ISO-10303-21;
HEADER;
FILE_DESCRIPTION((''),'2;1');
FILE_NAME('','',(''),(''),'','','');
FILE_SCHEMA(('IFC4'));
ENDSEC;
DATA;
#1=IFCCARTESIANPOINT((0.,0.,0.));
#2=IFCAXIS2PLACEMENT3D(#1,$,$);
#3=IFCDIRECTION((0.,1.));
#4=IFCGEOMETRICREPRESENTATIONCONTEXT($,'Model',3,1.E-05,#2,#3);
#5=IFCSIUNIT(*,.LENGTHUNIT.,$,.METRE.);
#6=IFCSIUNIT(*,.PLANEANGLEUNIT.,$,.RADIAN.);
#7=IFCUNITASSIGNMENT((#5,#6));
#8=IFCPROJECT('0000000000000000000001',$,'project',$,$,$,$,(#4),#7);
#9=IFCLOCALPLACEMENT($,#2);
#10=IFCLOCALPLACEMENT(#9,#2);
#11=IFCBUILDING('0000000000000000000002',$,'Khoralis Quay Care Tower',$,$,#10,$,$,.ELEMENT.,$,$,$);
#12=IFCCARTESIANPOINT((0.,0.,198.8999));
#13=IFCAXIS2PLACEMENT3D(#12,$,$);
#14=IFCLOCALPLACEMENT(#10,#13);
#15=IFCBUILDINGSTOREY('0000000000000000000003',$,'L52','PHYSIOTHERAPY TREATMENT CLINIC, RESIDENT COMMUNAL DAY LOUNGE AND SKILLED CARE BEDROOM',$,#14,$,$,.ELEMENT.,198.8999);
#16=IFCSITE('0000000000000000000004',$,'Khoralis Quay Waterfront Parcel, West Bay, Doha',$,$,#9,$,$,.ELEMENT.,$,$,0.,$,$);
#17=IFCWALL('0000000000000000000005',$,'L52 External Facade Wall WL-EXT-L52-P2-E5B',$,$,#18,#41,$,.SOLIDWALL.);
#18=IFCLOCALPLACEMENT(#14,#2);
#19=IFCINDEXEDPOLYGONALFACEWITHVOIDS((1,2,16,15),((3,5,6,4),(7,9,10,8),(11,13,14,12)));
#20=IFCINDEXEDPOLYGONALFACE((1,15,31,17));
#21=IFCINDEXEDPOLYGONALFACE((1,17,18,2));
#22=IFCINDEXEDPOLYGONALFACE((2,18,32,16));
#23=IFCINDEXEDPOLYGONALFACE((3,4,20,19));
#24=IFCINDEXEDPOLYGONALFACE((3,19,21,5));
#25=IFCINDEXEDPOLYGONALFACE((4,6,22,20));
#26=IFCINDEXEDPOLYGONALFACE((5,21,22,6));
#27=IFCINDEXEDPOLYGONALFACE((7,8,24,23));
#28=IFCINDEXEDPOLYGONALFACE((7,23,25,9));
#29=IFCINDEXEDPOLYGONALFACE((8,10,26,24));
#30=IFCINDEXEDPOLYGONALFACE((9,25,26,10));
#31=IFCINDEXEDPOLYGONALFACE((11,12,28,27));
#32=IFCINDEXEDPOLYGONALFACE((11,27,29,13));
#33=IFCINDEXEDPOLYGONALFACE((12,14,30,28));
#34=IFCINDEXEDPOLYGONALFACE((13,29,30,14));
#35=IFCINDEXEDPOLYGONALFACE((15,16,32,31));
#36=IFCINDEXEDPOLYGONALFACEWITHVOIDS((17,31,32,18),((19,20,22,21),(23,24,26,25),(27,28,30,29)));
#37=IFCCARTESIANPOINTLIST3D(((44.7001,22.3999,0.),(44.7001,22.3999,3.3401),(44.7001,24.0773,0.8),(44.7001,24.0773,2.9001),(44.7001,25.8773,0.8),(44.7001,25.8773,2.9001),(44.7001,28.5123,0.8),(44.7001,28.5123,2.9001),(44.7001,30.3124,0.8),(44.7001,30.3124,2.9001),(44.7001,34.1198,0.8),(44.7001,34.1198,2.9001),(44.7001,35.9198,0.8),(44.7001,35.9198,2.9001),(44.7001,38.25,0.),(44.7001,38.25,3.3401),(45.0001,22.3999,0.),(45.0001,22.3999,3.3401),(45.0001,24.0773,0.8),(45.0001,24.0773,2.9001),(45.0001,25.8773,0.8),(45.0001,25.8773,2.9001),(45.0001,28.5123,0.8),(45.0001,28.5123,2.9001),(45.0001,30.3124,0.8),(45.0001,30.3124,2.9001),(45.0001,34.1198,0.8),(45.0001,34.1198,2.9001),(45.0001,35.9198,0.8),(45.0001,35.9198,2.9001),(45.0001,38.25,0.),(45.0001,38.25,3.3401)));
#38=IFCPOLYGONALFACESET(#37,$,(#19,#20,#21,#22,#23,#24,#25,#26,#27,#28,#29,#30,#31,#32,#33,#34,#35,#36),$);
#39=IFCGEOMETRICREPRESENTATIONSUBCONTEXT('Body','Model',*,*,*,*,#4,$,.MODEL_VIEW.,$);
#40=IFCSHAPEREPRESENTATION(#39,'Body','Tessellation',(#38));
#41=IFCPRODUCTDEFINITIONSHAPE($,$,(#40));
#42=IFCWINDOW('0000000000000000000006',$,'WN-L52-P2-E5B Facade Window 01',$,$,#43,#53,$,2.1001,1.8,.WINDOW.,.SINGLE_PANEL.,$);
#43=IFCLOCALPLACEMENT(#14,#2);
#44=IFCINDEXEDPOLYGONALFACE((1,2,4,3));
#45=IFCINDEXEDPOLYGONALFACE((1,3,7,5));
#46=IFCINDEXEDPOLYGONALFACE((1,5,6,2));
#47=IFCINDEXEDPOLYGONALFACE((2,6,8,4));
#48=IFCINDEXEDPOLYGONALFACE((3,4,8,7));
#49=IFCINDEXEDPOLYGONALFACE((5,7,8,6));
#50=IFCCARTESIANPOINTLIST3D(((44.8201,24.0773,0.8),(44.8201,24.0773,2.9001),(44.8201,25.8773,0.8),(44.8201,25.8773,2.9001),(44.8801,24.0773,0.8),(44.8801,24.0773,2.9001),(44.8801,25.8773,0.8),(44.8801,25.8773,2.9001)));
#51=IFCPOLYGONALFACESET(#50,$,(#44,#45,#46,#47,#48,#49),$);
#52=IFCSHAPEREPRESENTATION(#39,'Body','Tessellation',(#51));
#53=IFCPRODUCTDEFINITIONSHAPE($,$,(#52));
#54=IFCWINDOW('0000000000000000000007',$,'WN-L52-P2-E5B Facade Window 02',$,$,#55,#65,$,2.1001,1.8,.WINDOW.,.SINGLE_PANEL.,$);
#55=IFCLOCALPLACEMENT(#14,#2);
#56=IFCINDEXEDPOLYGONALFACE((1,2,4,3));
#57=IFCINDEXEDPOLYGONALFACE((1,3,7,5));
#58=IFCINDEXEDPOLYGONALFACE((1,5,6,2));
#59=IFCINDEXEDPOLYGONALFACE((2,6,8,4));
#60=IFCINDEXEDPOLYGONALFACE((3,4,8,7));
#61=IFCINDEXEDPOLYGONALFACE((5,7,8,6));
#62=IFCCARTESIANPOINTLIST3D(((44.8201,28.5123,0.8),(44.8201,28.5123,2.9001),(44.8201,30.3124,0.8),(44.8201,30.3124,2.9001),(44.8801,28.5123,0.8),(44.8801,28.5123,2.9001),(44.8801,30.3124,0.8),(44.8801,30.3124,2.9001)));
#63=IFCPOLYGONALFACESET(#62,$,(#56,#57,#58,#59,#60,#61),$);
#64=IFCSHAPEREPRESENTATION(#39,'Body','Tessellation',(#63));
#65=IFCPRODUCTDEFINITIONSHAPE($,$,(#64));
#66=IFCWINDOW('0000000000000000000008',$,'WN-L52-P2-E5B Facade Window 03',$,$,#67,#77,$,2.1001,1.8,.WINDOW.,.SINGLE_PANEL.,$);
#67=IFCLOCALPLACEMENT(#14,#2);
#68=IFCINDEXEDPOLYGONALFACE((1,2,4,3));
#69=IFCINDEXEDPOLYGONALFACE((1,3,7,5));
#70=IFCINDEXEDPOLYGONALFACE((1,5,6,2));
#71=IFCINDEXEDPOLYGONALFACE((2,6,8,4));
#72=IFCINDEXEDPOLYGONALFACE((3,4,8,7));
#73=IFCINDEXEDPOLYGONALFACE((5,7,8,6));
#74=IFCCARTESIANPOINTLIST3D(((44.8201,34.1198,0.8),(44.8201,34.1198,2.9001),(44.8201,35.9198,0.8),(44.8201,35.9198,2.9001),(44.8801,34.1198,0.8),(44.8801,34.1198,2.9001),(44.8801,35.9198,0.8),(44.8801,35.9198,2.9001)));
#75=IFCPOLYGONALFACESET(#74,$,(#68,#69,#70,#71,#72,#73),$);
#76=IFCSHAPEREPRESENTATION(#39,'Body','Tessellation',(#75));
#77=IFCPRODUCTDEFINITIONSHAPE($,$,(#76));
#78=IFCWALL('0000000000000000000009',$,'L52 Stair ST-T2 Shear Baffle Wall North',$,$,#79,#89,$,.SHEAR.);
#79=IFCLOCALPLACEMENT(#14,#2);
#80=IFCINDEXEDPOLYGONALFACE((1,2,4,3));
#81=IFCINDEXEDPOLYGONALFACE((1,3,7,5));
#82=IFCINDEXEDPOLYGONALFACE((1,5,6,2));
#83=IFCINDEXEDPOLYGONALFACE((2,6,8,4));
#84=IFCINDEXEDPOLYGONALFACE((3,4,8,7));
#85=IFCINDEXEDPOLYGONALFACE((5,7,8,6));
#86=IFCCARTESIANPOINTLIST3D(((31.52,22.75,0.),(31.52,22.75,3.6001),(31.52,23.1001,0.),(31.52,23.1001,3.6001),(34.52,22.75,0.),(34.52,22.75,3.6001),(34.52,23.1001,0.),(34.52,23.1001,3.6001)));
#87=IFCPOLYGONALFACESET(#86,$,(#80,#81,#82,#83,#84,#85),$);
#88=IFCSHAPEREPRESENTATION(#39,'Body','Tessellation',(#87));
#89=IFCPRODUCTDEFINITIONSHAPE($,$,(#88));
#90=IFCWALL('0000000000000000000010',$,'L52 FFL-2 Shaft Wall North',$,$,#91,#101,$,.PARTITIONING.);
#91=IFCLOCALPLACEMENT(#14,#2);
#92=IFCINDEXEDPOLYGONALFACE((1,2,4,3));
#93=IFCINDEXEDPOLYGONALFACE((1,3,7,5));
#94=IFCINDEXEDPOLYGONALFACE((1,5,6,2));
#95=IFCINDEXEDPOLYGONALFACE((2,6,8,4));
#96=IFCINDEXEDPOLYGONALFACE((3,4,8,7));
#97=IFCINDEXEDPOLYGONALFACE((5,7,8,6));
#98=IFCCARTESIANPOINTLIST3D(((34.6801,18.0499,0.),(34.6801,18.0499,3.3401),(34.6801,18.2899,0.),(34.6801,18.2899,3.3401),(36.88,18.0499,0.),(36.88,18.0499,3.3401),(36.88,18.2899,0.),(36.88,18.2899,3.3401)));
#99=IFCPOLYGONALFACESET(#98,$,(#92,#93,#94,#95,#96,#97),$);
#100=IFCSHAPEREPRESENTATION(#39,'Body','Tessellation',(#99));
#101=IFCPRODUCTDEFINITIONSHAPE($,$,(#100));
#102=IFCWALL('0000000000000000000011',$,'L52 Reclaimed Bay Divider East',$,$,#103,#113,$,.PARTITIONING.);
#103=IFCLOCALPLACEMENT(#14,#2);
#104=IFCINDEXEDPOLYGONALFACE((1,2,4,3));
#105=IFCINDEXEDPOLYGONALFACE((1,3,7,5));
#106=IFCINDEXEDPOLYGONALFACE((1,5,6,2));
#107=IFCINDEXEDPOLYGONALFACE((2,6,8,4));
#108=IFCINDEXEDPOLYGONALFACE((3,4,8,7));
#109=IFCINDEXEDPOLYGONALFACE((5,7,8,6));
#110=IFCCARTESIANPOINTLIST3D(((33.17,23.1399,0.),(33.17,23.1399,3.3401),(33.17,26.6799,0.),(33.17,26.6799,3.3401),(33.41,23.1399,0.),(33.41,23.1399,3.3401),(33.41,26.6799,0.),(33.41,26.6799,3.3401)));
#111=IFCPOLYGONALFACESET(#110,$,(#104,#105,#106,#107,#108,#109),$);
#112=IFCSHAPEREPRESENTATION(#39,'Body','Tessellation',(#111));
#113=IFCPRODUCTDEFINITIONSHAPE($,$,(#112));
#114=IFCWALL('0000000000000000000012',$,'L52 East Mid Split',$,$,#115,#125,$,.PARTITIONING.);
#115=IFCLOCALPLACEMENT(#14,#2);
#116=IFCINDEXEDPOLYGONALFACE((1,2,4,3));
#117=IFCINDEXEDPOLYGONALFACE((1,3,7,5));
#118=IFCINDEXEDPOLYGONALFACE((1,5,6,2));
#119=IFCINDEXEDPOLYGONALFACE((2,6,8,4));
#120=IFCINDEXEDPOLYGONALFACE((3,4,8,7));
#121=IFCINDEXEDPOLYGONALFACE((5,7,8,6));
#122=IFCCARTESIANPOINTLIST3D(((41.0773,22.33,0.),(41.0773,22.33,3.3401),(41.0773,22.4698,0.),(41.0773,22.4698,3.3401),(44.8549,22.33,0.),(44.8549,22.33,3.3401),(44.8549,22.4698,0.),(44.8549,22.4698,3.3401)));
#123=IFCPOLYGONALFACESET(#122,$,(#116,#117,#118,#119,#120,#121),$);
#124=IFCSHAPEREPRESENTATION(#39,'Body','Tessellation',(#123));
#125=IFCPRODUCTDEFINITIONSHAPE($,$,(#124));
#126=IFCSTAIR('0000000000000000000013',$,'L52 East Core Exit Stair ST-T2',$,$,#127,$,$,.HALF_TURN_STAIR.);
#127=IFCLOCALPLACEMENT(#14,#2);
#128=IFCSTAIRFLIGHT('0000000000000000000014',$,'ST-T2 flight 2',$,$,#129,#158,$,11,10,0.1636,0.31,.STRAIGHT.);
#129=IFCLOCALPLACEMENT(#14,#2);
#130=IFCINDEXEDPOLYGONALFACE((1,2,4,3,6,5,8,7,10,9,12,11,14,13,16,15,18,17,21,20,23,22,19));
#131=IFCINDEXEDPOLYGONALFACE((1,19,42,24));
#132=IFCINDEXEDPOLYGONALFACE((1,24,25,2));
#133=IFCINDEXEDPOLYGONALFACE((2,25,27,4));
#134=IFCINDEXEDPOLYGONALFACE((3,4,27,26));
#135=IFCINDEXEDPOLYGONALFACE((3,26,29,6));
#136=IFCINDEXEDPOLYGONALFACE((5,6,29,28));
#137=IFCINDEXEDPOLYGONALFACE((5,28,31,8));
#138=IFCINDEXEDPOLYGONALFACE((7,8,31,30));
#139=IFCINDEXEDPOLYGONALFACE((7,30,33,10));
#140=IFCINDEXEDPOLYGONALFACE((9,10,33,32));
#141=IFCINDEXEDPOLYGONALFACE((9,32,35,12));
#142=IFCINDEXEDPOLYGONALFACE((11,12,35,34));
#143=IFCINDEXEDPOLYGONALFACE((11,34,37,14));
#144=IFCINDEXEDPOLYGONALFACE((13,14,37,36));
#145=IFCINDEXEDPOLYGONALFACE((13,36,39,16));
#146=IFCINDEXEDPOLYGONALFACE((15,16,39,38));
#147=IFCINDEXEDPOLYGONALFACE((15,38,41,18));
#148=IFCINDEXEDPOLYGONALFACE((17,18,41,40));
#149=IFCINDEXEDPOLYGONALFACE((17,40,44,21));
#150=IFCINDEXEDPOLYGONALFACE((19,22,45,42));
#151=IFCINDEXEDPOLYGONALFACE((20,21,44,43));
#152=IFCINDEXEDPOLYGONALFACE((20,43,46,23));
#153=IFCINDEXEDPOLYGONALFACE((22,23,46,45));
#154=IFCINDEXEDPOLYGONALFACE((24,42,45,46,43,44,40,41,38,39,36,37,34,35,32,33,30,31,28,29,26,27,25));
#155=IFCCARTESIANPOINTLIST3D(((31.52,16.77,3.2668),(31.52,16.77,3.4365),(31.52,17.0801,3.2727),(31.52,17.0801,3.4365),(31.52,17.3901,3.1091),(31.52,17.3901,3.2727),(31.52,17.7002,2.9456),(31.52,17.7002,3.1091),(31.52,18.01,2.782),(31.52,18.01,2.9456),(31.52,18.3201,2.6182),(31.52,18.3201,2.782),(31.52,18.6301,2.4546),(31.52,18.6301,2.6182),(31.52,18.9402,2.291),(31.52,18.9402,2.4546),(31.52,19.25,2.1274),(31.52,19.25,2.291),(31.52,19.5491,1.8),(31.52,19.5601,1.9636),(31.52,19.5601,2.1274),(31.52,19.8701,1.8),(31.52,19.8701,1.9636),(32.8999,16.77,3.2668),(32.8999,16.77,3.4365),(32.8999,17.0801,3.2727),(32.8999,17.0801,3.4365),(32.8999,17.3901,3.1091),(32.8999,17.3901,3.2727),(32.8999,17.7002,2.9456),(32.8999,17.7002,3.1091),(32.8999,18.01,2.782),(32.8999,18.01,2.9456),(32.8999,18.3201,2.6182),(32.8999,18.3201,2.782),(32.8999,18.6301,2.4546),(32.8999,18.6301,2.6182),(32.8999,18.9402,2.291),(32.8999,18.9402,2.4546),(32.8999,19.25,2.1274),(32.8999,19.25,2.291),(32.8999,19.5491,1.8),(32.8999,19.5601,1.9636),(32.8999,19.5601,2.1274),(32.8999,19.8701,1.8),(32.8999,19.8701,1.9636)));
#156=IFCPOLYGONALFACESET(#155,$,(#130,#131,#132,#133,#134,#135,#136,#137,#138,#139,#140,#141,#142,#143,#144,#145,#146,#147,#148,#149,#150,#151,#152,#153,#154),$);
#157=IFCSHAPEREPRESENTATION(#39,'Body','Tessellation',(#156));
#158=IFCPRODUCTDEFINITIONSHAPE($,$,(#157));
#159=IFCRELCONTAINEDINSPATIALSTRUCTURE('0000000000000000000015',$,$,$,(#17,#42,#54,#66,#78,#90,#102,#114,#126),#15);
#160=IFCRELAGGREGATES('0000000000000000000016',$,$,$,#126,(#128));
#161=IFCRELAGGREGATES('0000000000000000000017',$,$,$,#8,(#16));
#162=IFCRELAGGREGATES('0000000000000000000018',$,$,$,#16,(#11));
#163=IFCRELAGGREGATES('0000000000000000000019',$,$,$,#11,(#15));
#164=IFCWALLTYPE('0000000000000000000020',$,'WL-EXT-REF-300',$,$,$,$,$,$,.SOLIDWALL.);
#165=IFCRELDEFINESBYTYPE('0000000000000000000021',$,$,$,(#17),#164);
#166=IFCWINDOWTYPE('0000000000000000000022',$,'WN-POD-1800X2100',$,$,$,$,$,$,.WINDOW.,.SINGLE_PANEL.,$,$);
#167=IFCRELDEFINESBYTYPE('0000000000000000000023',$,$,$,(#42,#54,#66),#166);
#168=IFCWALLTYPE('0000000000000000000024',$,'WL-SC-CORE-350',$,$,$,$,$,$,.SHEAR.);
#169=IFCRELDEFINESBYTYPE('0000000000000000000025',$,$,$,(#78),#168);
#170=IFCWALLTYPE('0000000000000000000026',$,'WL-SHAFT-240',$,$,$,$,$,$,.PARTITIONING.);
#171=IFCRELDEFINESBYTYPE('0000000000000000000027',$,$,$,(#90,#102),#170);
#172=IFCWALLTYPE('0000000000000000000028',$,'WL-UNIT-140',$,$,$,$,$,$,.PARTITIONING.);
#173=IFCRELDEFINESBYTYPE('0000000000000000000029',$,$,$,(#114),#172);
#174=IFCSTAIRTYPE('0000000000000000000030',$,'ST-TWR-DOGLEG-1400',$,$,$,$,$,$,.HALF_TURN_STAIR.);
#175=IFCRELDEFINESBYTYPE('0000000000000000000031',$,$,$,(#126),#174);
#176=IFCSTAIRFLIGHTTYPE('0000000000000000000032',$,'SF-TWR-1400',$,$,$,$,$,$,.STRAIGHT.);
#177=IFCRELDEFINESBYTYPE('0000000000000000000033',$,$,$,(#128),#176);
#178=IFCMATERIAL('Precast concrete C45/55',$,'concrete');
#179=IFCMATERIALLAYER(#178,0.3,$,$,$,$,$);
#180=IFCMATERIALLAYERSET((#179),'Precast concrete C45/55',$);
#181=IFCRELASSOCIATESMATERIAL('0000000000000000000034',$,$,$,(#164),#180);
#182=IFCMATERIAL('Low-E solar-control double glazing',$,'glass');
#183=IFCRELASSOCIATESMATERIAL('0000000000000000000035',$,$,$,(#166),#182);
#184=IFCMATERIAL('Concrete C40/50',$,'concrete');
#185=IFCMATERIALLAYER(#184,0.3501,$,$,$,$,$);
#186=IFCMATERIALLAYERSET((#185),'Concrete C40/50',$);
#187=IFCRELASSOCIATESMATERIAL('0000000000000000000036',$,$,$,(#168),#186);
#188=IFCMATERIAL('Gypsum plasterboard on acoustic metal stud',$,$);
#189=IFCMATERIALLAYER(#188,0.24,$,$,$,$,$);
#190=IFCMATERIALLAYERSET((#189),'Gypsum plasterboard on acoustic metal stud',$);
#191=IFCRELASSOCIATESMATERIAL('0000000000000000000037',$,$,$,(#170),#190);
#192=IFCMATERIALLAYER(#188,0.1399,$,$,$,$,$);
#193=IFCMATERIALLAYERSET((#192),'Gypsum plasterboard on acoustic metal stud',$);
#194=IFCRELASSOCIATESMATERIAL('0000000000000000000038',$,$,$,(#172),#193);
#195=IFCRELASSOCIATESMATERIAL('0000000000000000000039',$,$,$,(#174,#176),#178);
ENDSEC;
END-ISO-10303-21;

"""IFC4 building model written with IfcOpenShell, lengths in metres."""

from ifc_helpers import new_model, si_unit, direction, frame, frame_2d, origin, place, context, subcontext, project, spatial, polyline, rectangle, outline, extrude, source, transform, mapped, material, layer, layer_set, type_object, element, fill, aggregate, save


model = new_model("IFC4")

# Units and contexts
model_context = context("Model", 3, precision=1e-05, world=origin(), true_north=direction((0.0, 1.0)))
body_context = subcontext(model_context, "Body", "Model", "MODEL_VIEW")
ifc_project = project(units=[si_unit("LENGTHUNIT", "METRE"), si_unit("PLANEANGLEUNIT", "RADIAN")], contexts=[model_context])

# Site, building, storey
site_placement = place(None, origin())
site = spatial("IfcSite", under=ifc_project, at=site_placement, Name="Khoralis Quay Waterfront Parcel, West Bay, Doha", CompositionType="ELEMENT", RefElevation=0.0)
building_placement = place(site_placement, origin())
building = spatial("IfcBuilding", under=site, at=building_placement, Name="Khoralis Quay Care Tower", CompositionType="ELEMENT")
storey_placement = place(building_placement, frame((0.0, 0.0, 198.8999)))
storey = spatial("IfcBuildingStorey", under=building, at=storey_placement, Name="L52", Description="PHYSIOTHERAPY TREATMENT CLINIC, RESIDENT COMMUNAL DAY LOUNGE AND SKILLED CARE BEDROOM", CompositionType="ELEMENT", Elevation=198.8999)

# Shared definitions
ifc_material_1 = material(Name="Low-E solar-control double glazing", Category="glass")

# Wall, openings, windows
ifc_material_2 = material(Name="Precast concrete C45/55", Category="concrete")
ifc_layer_1 = layer(ifc_material_2, 0.3)
ifc_layer_set_1 = layer_set([ifc_layer_1], Name="Precast concrete C45/55")
wall_type_1 = type_object("IfcWallType", Name="WL-EXT-REF-300", PredefinedType="SOLIDWALL", material=ifc_layer_set_1)
wall_1_placement = place(storey_placement, frame((44.8501, 22.3999, 0.0), z_axis=(0.0, 0.0, 1.0), x_axis=(0.0, 1.0, 0.0)))
wall_1 = element("IfcWall", 1, at=wall_1_placement, inside=storey, type_object=wall_type_1, Name="L52 External Facade Wall WL-EXT-L52-P2-E5B", PredefinedType="SOLIDWALL", context=body_context, shape_type="SweptSolid", body=[
    extrude(rectangle(XDim=15.8501, YDim=0.3, at=frame_2d((7.925, 0.0))), origin(), (0.0, 0.0, 1.0), 3.3401),
])
opening_1_placement = place(wall_1_placement, frame((1.6775, 0.0, 0.8)))
opening_1 = element("IfcOpeningElement", 2, at=opening_1_placement, cuts=wall_1, PredefinedType="OPENING", context=body_context, shape_type="SweptSolid", body=[
    extrude(rectangle(XDim=1.8, YDim=2.1001, at=frame_2d((0.8999, 1.05))), frame((0.0, 0.1602, 0.0), z_axis=(0.0, -1.0, 0.0), x_axis=(1.0, 0.0, 0.0)), (0.0, 0.0, 1.0), 0.3201),
])
opening_2_placement = place(wall_1_placement, frame((6.1125, 0.0, 0.8)))
opening_2 = element("IfcOpeningElement", 3, at=opening_2_placement, cuts=wall_1, PredefinedType="OPENING", context=body_context, shape_type="SweptSolid", body=[
    extrude(rectangle(XDim=1.8, YDim=2.1001, at=frame_2d((0.8999, 1.05))), frame((0.0, 0.1602, 0.0), z_axis=(0.0, -1.0, 0.0), x_axis=(1.0, 0.0, 0.0)), (0.0, 0.0, 1.0), 0.3201),
])
opening_3_placement = place(wall_1_placement, frame((11.72, 0.0, 0.8)))
opening_3 = element("IfcOpeningElement", 4, at=opening_3_placement, cuts=wall_1, PredefinedType="OPENING", context=body_context, shape_type="SweptSolid", body=[
    extrude(rectangle(XDim=1.8, YDim=2.1001, at=frame_2d((0.8999, 1.05))), frame((0.0, 0.1602, 0.0), z_axis=(0.0, -1.0, 0.0), x_axis=(1.0, 0.0, 0.0)), (0.0, 0.0, 1.0), 0.3201),
])
window_type = type_object("IfcWindowType", Name="WN-POD-1800X2100", PartitioningType="SINGLE_PANEL", PredefinedType="WINDOW", material=ifc_material_1)
shared_shape_1 = source(origin(), body_context, "Body", "SweptSolid", [
    extrude(rectangle(XDim=1.8, YDim=2.1001, at=frame_2d((0.8999, 1.05))), frame((0.0, 0.03, 0.0), z_axis=(0.0, -1.0, 0.0), x_axis=(1.0, 0.0, 0.0)), (0.0, 0.0, 1.0), 0.0601),
])
window_1_placement = place(opening_1_placement, origin())
window_1 = element("IfcWindow", 5, at=window_1_placement, inside=storey, type_object=window_type, Name="WN-L52-P2-E5B Facade Window 01", OverallHeight=2.1001, OverallWidth=1.8, PartitioningType="SINGLE_PANEL", PredefinedType="WINDOW", context=body_context, shape_type="MappedRepresentation", body=[
    mapped(shared_shape_1, transform((0.0, 0.0, 0.0), scale=1.0)),
])
fill(opening_1, window_1)
window_2_placement = place(opening_2_placement, origin())
window_2 = element("IfcWindow", 6, at=window_2_placement, inside=storey, type_object=window_type, Name="WN-L52-P2-E5B Facade Window 02", OverallHeight=2.1001, OverallWidth=1.8, PartitioningType="SINGLE_PANEL", PredefinedType="WINDOW", context=body_context, shape_type="MappedRepresentation", body=[
    mapped(shared_shape_1, transform((0.0, 0.0, 0.0), scale=1.0)),
])
fill(opening_2, window_2)
window_3_placement = place(opening_3_placement, origin())
window_3 = element("IfcWindow", 7, at=window_3_placement, inside=storey, type_object=window_type, Name="WN-L52-P2-E5B Facade Window 03", OverallHeight=2.1001, OverallWidth=1.8, PartitioningType="SINGLE_PANEL", PredefinedType="WINDOW", context=body_context, shape_type="MappedRepresentation", body=[
    mapped(shared_shape_1, transform((0.0, 0.0, 0.0), scale=1.0)),
])
fill(opening_3, window_3)

# Walls
ifc_material_3 = material(Name="Concrete C40/50", Category="concrete")
ifc_layer_2 = layer(ifc_material_3, 0.3501)
ifc_layer_set_2 = layer_set([ifc_layer_2], Name="Concrete C40/50")
wall_type_2 = type_object("IfcWallType", Name="WL-SC-CORE-350", PredefinedType="SHEAR", material=ifc_layer_set_2)
wall_2_placement = place(storey_placement, frame((31.52, 22.925, 0.0), z_axis=(0.0, 0.0, 1.0), x_axis=(1.0, 0.0, 0.0)))
element("IfcWall", 8, at=wall_2_placement, inside=storey, type_object=wall_type_2, Name="L52 Stair ST-T2 Shear Baffle Wall North", PredefinedType="SHEAR", context=body_context, shape_type="SweptSolid", body=[
    extrude(rectangle(XDim=3.0, YDim=0.3501, at=frame_2d((1.5, 0.0))), origin(), (0.0, 0.0, 1.0), 3.6001),
])
ifc_material_4 = material(Name="Gypsum plasterboard on acoustic metal stud")
ifc_layer_3 = layer(ifc_material_4, 0.24)
ifc_layer_set_3 = layer_set([ifc_layer_3], Name="Gypsum plasterboard on acoustic metal stud")
wall_type_3 = type_object("IfcWallType", Name="WL-SHAFT-240", PredefinedType="PARTITIONING", material=ifc_layer_set_3)
wall_3_placement = place(storey_placement, frame((34.6799, 18.1699, 0.0), z_axis=(0.0, 0.0, 1.0), x_axis=(1.0, 0.0, 0.0)))
element("IfcWall", 9, at=wall_3_placement, inside=storey, type_object=wall_type_3, Name="L52 FFL-2 Shaft Wall North", PredefinedType="PARTITIONING", context=body_context, shape_type="SweptSolid", body=[
    extrude(rectangle(XDim=2.2, YDim=0.24, at=frame_2d((1.1001, 0.0))), origin(), (0.0, 0.0, 1.0), 3.3401),
])
wall_4_placement = place(storey_placement, frame((33.29, 23.1399, 0.0), z_axis=(0.0, 0.0, 1.0), x_axis=(0.0, 1.0, 0.0)))
element("IfcWall", 10, at=wall_4_placement, inside=storey, type_object=wall_type_3, Name="L52 Reclaimed Bay Divider East", PredefinedType="PARTITIONING", context=body_context, shape_type="SweptSolid", body=[
    extrude(rectangle(XDim=3.54, YDim=0.24, at=frame_2d((1.77, 0.0))), origin(), (0.0, 0.0, 1.0), 3.3401),
])
ifc_layer_4 = layer(ifc_material_4, 0.1399)
ifc_layer_set_4 = layer_set([ifc_layer_4], Name="Gypsum plasterboard on acoustic metal stud")
wall_type_4 = type_object("IfcWallType", Name="WL-UNIT-140", PredefinedType="PARTITIONING", material=ifc_layer_set_4)
wall_5_placement = place(storey_placement, frame((41.0774, 22.3999, 0.0), z_axis=(0.0, 0.0, 1.0), x_axis=(1.0, 0.0, 0.0)))
element("IfcWall", 11, at=wall_5_placement, inside=storey, type_object=wall_type_4, Name="L52 East Mid Split", PredefinedType="PARTITIONING", context=body_context, shape_type="SweptSolid", body=[
    extrude(rectangle(XDim=3.7776, YDim=0.1399, at=frame_2d((1.8887, 0.0))), origin(), (0.0, 0.0, 1.0), 3.3401),
])

# Stair, stair flight
stair_type = type_object("IfcStairType", Name="ST-TWR-DOGLEG-1400", PredefinedType="HALF_TURN_STAIR", material=ifc_material_2)
stair_placement = place(storey_placement, origin())
stair = element("IfcStair", 12, at=stair_placement, inside=storey, type_object=stair_type, Name="L52 East Core Exit Stair ST-T2", PredefinedType="HALF_TURN_STAIR")
stair_flight_type = type_object("IfcStairFlightType", Name="SF-TWR-1400", PredefinedType="STRAIGHT", material=ifc_material_2)
shared_shape_2 = source(origin(), body_context, "Body", "SweptSolid", [
    extrude(outline(polyline([(0.0, 0.0), (0.0, 0.1636), (0.3101, 0.1636), (0.3101, 0.3274), (0.6201, 0.3274), (0.6201, 0.491), (0.9299, 0.491), (0.9299, 0.6545), (1.24, 0.6545), (1.24, 0.8181), (1.55, 0.8181), (1.55, 0.9819), (1.8601, 0.9819), (1.8601, 1.1455), (2.1699, 1.1455), (2.1699, 1.3091), (2.48, 1.3091), (2.48, 1.4727), (2.79, 1.4727), (2.79, 1.6365), (3.1001, 1.6365), (3.1001, 1.8), (3.1001, 1.4668), (0.321, 0.0), (0.0, 0.0)])), frame((0.0, 0.6899, 0.0), z_axis=(0.0, -1.0, 0.0), x_axis=(1.0, 0.0, 0.0)), (0.0, 0.0, 1.0), 1.3799),
])
stair_flight_placement = place(storey_placement, frame((32.21, 19.8701, 1.8), z_axis=(0.0, 0.0, 1.0), x_axis=(0.0, -1.0, 0.0)))
stair_flight = element("IfcStairFlight", 13, at=stair_flight_placement, type_object=stair_flight_type, Name="ST-T2 flight 2", NumberOfRisers=11, NumberOfTreads=10, PredefinedType="STRAIGHT", RiserHeight=0.1636, TreadLength=0.31, context=body_context, shape_type="MappedRepresentation", body=[
    mapped(shared_shape_2, transform((0.0, 0.0, 0.0), scale=1.0)),
])
aggregate(stair, [stair_flight])

save(model, "model.ifc")
